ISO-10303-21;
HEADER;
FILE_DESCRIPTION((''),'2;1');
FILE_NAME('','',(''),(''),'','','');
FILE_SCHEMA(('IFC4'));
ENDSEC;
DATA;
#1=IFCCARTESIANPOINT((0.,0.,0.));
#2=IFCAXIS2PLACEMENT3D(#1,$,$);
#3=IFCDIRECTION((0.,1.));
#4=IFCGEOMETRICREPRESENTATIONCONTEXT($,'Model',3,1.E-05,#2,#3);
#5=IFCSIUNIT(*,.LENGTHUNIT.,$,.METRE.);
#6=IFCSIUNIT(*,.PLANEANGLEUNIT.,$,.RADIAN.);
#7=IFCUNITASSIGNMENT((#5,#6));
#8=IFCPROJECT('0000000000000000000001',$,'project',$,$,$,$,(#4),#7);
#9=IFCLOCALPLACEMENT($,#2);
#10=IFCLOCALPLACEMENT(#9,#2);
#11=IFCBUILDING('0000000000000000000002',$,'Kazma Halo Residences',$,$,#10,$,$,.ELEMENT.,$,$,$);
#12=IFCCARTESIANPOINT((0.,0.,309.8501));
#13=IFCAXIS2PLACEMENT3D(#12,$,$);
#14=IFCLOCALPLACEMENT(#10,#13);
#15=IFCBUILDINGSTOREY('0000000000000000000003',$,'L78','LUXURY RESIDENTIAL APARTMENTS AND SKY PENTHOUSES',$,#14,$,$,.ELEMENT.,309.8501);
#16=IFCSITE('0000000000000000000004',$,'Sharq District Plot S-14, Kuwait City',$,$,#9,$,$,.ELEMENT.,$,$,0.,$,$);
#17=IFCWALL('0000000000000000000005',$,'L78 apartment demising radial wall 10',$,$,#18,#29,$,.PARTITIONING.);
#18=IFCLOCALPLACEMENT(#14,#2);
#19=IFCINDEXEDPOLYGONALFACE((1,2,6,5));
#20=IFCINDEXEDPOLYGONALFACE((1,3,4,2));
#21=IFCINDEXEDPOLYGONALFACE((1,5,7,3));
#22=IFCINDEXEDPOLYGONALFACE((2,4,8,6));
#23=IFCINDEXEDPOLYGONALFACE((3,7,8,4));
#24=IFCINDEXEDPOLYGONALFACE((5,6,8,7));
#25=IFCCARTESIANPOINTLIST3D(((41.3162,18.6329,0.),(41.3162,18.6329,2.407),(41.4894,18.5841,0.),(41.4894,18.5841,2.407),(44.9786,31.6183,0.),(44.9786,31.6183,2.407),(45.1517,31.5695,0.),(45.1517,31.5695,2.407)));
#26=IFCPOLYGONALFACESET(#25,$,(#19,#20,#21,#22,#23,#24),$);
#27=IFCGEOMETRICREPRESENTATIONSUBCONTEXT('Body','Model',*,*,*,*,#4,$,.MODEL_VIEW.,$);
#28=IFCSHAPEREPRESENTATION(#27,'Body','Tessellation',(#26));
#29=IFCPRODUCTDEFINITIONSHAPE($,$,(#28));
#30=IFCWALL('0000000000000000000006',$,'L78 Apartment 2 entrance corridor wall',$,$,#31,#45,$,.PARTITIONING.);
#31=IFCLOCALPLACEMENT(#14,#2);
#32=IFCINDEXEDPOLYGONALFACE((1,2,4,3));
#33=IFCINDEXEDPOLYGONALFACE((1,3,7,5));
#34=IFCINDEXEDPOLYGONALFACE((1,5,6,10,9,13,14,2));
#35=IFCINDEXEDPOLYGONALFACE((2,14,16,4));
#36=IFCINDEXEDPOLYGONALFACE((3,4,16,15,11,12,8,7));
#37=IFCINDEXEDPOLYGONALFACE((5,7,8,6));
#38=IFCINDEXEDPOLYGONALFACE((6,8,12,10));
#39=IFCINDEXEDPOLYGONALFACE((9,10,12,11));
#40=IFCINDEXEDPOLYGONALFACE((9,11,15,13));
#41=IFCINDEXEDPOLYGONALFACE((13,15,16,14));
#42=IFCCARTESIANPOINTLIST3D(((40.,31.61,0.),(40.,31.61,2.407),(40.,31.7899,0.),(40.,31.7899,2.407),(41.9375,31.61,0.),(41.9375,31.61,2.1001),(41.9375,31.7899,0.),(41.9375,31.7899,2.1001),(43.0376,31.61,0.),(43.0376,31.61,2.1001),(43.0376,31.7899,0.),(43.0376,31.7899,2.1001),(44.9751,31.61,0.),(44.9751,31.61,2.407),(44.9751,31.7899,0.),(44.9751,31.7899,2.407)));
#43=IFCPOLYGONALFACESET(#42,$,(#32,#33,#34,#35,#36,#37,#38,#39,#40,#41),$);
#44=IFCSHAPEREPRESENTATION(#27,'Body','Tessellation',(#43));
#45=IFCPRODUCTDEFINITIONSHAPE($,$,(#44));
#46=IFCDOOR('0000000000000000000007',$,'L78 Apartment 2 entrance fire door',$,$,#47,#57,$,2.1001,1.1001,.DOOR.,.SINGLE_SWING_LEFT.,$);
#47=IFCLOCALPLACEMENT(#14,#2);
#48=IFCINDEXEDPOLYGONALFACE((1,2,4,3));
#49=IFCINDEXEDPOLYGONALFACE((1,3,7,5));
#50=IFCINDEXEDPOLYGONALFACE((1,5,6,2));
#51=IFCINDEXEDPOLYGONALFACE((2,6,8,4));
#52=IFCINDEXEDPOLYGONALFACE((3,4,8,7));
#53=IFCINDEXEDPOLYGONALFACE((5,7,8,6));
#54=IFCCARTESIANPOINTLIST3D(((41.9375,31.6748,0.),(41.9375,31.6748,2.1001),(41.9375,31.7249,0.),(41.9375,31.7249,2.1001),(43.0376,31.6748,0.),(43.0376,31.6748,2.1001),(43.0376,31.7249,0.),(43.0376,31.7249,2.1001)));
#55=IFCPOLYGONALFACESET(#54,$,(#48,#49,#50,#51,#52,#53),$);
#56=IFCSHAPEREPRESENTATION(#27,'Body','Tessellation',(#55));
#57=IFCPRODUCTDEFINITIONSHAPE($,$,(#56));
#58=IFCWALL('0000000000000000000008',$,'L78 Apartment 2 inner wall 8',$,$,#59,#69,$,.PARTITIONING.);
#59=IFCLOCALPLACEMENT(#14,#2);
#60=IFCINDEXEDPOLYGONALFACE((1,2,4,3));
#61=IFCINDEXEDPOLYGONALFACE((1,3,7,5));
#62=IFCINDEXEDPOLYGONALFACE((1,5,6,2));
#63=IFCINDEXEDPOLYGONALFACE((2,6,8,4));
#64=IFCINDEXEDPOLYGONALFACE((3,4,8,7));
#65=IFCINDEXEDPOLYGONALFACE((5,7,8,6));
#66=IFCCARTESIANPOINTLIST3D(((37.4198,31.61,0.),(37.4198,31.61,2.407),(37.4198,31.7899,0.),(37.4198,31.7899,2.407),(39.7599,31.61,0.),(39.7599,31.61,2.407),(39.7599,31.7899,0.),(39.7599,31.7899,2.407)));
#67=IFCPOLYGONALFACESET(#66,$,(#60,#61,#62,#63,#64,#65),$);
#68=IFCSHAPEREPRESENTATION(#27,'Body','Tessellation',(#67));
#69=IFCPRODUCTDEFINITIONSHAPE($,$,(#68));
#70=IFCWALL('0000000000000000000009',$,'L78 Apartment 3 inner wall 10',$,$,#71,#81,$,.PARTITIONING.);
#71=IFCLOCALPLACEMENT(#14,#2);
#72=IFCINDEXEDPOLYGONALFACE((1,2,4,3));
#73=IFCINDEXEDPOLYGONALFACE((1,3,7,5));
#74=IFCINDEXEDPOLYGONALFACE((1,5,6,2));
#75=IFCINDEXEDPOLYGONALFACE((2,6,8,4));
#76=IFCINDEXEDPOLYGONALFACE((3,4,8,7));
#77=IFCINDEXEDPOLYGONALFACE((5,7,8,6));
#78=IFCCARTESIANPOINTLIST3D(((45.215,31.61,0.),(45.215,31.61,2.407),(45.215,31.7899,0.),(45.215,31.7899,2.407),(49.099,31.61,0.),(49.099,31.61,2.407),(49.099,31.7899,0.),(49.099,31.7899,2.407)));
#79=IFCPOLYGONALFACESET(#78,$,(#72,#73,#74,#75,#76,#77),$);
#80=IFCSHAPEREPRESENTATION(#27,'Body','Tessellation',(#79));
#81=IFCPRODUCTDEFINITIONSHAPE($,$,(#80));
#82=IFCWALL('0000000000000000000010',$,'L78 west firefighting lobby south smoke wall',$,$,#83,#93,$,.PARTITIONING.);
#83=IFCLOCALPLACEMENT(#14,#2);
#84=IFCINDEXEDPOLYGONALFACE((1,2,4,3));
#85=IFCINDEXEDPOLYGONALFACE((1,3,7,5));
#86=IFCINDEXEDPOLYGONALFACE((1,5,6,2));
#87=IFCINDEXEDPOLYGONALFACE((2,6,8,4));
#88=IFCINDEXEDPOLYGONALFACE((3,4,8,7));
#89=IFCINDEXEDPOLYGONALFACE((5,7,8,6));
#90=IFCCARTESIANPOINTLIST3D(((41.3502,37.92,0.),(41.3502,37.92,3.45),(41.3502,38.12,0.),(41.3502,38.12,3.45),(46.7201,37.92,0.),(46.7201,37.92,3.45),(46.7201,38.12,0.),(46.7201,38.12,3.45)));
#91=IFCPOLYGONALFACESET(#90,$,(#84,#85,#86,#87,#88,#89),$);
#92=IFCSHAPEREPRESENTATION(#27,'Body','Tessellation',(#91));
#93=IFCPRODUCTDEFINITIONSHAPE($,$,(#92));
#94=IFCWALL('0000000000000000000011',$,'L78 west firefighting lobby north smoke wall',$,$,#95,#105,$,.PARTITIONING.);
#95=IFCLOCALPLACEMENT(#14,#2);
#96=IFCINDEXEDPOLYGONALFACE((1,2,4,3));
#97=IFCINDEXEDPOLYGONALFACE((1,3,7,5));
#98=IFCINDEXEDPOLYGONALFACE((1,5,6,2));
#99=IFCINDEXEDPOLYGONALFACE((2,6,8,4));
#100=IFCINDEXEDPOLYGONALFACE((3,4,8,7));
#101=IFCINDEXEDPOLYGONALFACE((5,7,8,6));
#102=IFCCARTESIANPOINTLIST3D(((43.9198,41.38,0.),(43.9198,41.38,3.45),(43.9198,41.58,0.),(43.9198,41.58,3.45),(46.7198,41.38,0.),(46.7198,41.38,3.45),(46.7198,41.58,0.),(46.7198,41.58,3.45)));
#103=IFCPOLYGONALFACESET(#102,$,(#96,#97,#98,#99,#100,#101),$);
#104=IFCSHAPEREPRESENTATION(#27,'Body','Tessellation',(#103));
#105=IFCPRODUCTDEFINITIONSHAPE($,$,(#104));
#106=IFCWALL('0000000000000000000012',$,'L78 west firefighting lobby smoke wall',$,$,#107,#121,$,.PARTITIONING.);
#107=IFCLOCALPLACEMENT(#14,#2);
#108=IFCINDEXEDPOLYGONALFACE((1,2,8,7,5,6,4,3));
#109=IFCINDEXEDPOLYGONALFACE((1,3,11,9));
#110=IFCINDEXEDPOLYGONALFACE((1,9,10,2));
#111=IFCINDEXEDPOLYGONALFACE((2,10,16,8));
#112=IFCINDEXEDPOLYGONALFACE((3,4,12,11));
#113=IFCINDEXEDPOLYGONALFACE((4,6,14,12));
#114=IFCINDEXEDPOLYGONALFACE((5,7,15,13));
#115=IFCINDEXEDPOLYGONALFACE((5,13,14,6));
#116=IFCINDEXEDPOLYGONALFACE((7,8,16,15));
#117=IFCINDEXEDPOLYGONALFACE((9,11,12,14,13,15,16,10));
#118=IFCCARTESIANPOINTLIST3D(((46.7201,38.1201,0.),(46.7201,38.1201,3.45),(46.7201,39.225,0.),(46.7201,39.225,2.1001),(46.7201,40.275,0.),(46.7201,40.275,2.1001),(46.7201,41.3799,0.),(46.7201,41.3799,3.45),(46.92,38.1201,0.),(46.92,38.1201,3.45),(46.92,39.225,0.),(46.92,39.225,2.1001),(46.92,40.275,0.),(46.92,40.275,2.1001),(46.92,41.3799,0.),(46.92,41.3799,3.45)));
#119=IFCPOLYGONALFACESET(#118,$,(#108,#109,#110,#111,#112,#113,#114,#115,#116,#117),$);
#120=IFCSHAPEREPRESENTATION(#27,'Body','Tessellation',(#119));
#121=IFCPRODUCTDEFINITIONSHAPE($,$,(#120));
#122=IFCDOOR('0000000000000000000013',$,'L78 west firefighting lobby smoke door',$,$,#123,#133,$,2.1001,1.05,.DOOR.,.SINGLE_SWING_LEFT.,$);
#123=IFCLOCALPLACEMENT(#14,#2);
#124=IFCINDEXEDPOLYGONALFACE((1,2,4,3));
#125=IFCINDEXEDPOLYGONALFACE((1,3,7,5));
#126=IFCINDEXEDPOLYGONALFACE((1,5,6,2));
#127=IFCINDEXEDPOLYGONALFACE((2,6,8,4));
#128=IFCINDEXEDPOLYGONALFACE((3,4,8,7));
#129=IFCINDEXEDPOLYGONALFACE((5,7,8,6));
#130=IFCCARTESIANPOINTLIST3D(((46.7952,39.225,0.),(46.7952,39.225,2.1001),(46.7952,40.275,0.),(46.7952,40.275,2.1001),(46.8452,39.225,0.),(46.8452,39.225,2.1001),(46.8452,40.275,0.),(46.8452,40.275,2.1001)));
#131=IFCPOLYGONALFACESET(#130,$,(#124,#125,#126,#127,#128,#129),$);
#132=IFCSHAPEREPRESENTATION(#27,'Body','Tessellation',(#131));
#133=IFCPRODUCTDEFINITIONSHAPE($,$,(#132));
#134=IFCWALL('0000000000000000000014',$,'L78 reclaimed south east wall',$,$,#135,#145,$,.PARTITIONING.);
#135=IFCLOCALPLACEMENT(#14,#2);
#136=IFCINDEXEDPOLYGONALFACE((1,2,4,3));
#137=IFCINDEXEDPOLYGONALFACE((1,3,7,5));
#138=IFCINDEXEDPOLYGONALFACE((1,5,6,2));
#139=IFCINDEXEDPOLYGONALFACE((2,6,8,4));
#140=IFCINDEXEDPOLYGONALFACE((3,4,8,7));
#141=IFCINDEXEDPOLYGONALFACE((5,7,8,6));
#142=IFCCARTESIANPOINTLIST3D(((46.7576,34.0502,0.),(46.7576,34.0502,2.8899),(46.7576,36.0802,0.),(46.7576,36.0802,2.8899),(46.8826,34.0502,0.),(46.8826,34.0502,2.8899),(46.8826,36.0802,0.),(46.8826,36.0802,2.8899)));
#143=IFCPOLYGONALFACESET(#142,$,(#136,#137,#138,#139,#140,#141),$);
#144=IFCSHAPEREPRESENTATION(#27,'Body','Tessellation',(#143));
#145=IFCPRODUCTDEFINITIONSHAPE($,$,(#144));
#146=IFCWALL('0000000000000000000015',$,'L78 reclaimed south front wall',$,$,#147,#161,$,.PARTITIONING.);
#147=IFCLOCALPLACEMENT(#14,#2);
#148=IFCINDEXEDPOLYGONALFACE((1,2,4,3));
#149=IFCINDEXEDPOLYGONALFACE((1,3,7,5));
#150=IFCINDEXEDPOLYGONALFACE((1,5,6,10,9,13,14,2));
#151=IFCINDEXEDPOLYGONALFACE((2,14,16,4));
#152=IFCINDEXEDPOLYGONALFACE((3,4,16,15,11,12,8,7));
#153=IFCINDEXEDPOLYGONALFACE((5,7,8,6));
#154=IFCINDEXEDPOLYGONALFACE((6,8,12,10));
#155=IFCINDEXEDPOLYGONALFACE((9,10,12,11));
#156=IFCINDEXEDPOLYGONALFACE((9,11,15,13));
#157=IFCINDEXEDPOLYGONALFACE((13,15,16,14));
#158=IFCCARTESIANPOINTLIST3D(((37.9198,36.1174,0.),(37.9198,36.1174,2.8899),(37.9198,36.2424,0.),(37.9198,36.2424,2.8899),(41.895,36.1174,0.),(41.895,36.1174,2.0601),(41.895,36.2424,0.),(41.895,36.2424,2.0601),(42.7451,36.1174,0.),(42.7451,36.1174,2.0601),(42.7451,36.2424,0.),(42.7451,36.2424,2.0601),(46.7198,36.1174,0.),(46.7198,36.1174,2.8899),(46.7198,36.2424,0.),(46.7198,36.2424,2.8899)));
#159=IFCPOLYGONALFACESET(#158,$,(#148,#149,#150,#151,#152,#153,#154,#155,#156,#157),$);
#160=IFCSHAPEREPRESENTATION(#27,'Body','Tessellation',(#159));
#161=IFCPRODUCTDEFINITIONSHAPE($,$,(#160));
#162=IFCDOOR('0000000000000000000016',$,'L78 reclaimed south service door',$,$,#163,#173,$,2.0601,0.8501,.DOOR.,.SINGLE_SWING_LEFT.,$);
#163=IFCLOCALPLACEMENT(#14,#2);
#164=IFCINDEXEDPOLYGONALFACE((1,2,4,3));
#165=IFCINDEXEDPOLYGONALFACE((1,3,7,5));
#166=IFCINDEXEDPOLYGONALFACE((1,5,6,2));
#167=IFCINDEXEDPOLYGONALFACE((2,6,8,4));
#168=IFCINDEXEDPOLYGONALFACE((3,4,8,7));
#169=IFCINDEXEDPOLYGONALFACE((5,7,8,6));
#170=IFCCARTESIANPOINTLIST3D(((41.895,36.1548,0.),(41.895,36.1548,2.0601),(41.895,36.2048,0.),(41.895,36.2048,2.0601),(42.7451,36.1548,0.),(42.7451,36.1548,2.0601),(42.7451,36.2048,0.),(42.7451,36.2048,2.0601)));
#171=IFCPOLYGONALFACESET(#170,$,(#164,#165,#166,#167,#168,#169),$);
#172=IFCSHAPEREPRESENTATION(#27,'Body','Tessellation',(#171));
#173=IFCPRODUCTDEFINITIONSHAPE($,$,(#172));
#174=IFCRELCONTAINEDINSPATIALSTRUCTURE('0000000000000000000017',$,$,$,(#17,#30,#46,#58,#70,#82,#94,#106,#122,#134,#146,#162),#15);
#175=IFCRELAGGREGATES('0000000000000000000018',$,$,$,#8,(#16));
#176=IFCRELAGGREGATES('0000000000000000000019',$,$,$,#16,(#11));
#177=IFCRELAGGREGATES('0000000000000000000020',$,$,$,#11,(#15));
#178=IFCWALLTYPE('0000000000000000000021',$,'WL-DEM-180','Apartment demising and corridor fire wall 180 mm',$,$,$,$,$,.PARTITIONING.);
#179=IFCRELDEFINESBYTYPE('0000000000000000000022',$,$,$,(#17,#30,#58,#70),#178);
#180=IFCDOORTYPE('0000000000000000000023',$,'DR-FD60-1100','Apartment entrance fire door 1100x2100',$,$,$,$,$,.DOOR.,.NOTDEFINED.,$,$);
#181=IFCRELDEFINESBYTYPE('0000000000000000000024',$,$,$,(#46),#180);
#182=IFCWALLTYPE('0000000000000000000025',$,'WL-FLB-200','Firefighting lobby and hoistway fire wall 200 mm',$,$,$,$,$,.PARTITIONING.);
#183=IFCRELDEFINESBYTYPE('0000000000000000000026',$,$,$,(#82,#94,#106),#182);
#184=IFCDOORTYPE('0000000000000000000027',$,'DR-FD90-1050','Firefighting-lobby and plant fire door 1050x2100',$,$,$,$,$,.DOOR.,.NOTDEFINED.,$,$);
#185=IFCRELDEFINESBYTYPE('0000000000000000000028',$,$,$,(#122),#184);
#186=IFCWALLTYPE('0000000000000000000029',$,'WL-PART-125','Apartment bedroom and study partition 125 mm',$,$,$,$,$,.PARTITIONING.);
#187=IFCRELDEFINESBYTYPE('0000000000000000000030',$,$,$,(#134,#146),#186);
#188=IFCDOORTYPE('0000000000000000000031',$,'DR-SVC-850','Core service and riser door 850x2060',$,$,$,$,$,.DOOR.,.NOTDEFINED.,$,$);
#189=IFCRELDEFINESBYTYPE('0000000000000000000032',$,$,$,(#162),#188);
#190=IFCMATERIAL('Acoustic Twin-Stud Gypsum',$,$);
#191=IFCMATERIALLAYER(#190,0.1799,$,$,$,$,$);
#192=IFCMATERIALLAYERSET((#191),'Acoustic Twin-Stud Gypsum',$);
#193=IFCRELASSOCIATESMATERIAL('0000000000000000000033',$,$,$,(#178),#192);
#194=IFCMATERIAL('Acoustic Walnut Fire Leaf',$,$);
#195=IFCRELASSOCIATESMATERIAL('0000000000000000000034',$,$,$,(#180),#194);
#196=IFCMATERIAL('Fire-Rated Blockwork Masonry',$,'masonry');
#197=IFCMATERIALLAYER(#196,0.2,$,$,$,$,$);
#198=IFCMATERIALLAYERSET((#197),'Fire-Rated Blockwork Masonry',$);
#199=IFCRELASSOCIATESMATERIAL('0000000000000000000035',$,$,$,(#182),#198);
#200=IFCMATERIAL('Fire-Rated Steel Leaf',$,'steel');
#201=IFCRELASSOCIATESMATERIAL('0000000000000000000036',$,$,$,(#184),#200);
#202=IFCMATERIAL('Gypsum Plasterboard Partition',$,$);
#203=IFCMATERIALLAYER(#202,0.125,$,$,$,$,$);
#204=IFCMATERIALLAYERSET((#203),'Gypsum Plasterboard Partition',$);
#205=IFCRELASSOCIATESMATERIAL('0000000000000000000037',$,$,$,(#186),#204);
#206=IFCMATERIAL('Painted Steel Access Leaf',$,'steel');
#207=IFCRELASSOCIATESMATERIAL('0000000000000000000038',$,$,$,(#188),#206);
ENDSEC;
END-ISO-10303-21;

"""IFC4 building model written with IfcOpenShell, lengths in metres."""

from ifc_helpers import new_model, si_unit, direction, frame, frame_2d, origin, place, context, subcontext, project, spatial, rectangle, extrude, material, layer, layer_set, type_object, element, fill, save


model = new_model("IFC4")

# Units and contexts
model_context = context("Model", 3, precision=1e-05, world=origin(), true_north=direction((0.0, 1.0)))
body_context = subcontext(model_context, "Body", "Model", "MODEL_VIEW")
ifc_project = project(units=[si_unit("LENGTHUNIT", "METRE"), si_unit("PLANEANGLEUNIT", "RADIAN")], contexts=[model_context])

# Site, building, storey
site_placement = place(None, origin())
site = spatial("IfcSite", under=ifc_project, at=site_placement, Name="Sharq District Plot S-14, Kuwait City", CompositionType="ELEMENT", RefElevation=0.0)
building_placement = place(site_placement, origin())
building = spatial("IfcBuilding", under=site, at=building_placement, Name="Kazma Halo Residences", CompositionType="ELEMENT")
storey_placement = place(building_placement, frame((0.0, 0.0, 309.8501)))
storey = spatial("IfcBuildingStorey", under=building, at=storey_placement, Name="L78", Description="LUXURY RESIDENTIAL APARTMENTS AND SKY PENTHOUSES", CompositionType="ELEMENT", Elevation=309.8501)

# Wall
ifc_material_1 = material(Name="Acoustic Twin-Stud Gypsum")
ifc_layer_1 = layer(ifc_material_1, 0.1799)
ifc_layer_set_1 = layer_set([ifc_layer_1], Name="Acoustic Twin-Stud Gypsum")
wall_type_1 = type_object("IfcWallType", Name="WL-DEM-180", Description="Apartment demising and corridor fire wall 180 mm", PredefinedType="PARTITIONING", material=ifc_layer_set_1)
wall_1_placement = place(storey_placement, frame((45.0652, 31.594, 0.0), z_axis=(0.0, 0.0, 1.0), x_axis=(-0.271448, -0.962453, 0.0)))
element("IfcWall", 1, at=wall_1_placement, inside=storey, type_object=wall_type_1, Name="L78 apartment demising radial wall 10", PredefinedType="PARTITIONING", context=body_context, shape_type="SweptSolid", body=[
    extrude(rectangle(XDim=13.4919, YDim=0.1799, at=frame_2d((6.7461, 0.0))), origin(), (0.0, 0.0, 1.0), 2.407),
])

# Wall, opening, door
wall_2_placement = place(storey_placement, frame((40.0, 31.7, 0.0), z_axis=(0.0, 0.0, 1.0), x_axis=(1.0, 0.0, 0.0)))
wall_2 = element("IfcWall", 2, at=wall_2_placement, inside=storey, type_object=wall_type_1, Name="L78 Apartment 2 entrance corridor wall", PredefinedType="PARTITIONING", context=body_context, shape_type="SweptSolid", body=[
    extrude(rectangle(XDim=4.9751, YDim=0.1799, at=frame_2d((2.4875, 0.0))), origin(), (0.0, 0.0, 1.0), 2.407),
])
opening_1_placement = place(wall_2_placement, frame((1.9375, 0.0, 0.0)))
opening_1 = element("IfcOpeningElement", 3, at=opening_1_placement, cuts=wall_2, PredefinedType="OPENING", context=body_context, shape_type="SweptSolid", body=[
    extrude(rectangle(XDim=1.1001, YDim=2.1001, at=frame_2d((0.55, 1.05))), frame((0.0, 0.0999, 0.0), z_axis=(0.0, -1.0, 0.0), x_axis=(1.0, 0.0, 0.0)), (0.0, 0.0, 1.0), 0.2),
])
ifc_material_2 = material(Name="Acoustic Walnut Fire Leaf")
door_type_1 = type_object("IfcDoorType", Name="DR-FD60-1100", Description="Apartment entrance fire door 1100x2100", OperationType="NOTDEFINED", PredefinedType="DOOR", material=ifc_material_2)
door_1_placement = place(opening_1_placement, origin())
door_1 = element("IfcDoor", 4, at=door_1_placement, inside=storey, type_object=door_type_1, Name="L78 Apartment 2 entrance fire door", OperationType="SINGLE_SWING_LEFT", OverallHeight=2.1001, OverallWidth=1.1001, PredefinedType="DOOR", context=body_context, shape_type="SweptSolid", body=[
    extrude(rectangle(XDim=1.1001, YDim=2.1001, at=frame_2d((0.55, 1.05))), frame((0.0, 0.0249, 0.0), z_axis=(0.0, -1.0, 0.0), x_axis=(1.0, 0.0, 0.0)), (0.0, 0.0, 1.0), 0.05),
])
fill(opening_1, door_1)

# Walls
wall_3_placement = place(storey_placement, frame((37.4199, 31.7, 0.0), z_axis=(0.0, 0.0, 1.0), x_axis=(1.0, 0.0, 0.0)))
element("IfcWall", 5, at=wall_3_placement, inside=storey, type_object=wall_type_1, Name="L78 Apartment 2 inner wall 8", PredefinedType="PARTITIONING", context=body_context, shape_type="SweptSolid", body=[
    extrude(rectangle(XDim=2.3401, YDim=0.1799, at=frame_2d((1.1699, 0.0))), origin(), (0.0, 0.0, 1.0), 2.407),
])
wall_4_placement = place(storey_placement, frame((45.2151, 31.7, 0.0), z_axis=(0.0, 0.0, 1.0), x_axis=(1.0, 0.0, 0.0)))
element("IfcWall", 6, at=wall_4_placement, inside=storey, type_object=wall_type_1, Name="L78 Apartment 3 inner wall 10", PredefinedType="PARTITIONING", context=body_context, shape_type="SweptSolid", body=[
    extrude(rectangle(XDim=3.884, YDim=0.1799, at=frame_2d((1.9419, 0.0))), origin(), (0.0, 0.0, 1.0), 2.407),
])
ifc_material_3 = material(Name="Fire-Rated Blockwork Masonry", Category="masonry")
ifc_layer_2 = layer(ifc_material_3, 0.2)
ifc_layer_set_2 = layer_set([ifc_layer_2], Name="Fire-Rated Blockwork Masonry")
wall_type_2 = type_object("IfcWallType", Name="WL-FLB-200", Description="Firefighting lobby and hoistway fire wall 200 mm", PredefinedType="PARTITIONING", material=ifc_layer_set_2)
wall_5_placement = place(storey_placement, frame((41.3501, 38.02, 0.0), z_axis=(0.0, 0.0, 1.0), x_axis=(1.0, 0.0, 0.0)))
element("IfcWall", 7, at=wall_5_placement, inside=storey, type_object=wall_type_2, Name="L78 west firefighting lobby south smoke wall", PredefinedType="PARTITIONING", context=body_context, shape_type="SweptSolid", body=[
    extrude(rectangle(XDim=5.3699, YDim=0.2, at=frame_2d((2.6851, 0.0))), origin(), (0.0, 0.0, 1.0), 3.45),
])
wall_6_placement = place(storey_placement, frame((43.9199, 41.48, 0.0), z_axis=(0.0, 0.0, 1.0), x_axis=(1.0, 0.0, 0.0)))
element("IfcWall", 8, at=wall_6_placement, inside=storey, type_object=wall_type_2, Name="L78 west firefighting lobby north smoke wall", PredefinedType="PARTITIONING", context=body_context, shape_type="SweptSolid", body=[
    extrude(rectangle(XDim=2.8, YDim=0.2, at=frame_2d((1.3999, 0.0))), origin(), (0.0, 0.0, 1.0), 3.45),
])

# Wall, opening, door
wall_7_placement = place(storey_placement, frame((46.8201, 38.1201, 0.0), z_axis=(0.0, 0.0, 1.0), x_axis=(0.0, 1.0, 0.0)))
wall_7 = element("IfcWall", 9, at=wall_7_placement, inside=storey, type_object=wall_type_2, Name="L78 west firefighting lobby smoke wall", PredefinedType="PARTITIONING", context=body_context, shape_type="SweptSolid", body=[
    extrude(rectangle(XDim=3.2598, YDim=0.2, at=frame_2d((1.6299, 0.0))), origin(), (0.0, 0.0, 1.0), 3.45),
])
opening_2_placement = place(wall_7_placement, frame((1.105, 0.0, 0.0)))
opening_2 = element("IfcOpeningElement", 10, at=opening_2_placement, cuts=wall_7, PredefinedType="OPENING", context=body_context, shape_type="SweptSolid", body=[
    extrude(rectangle(XDim=1.05, YDim=2.1001, at=frame_2d((0.5249, 1.05))), frame((0.0, 0.1099, 0.0), z_axis=(0.0, -1.0, 0.0), x_axis=(1.0, 0.0, 0.0)), (0.0, 0.0, 1.0), 0.22),
])
ifc_material_4 = material(Name="Fire-Rated Steel Leaf", Category="steel")
door_type_2 = type_object("IfcDoorType", Name="DR-FD90-1050", Description="Firefighting-lobby and plant fire door 1050x2100", OperationType="NOTDEFINED", PredefinedType="DOOR", material=ifc_material_4)
door_2_placement = place(opening_2_placement, origin())
door_2 = element("IfcDoor", 11, at=door_2_placement, inside=storey, type_object=door_type_2, Name="L78 west firefighting lobby smoke door", OperationType="SINGLE_SWING_LEFT", OverallHeight=2.1001, OverallWidth=1.05, PredefinedType="DOOR", context=body_context, shape_type="SweptSolid", body=[
    extrude(rectangle(XDim=1.05, YDim=2.1001, at=frame_2d((0.5249, 1.05))), frame((0.0, 0.0249, 0.0), z_axis=(0.0, -1.0, 0.0), x_axis=(1.0, 0.0, 0.0)), (0.0, 0.0, 1.0), 0.05),
])
fill(opening_2, door_2)

# Wall
ifc_material_5 = material(Name="Gypsum Plasterboard Partition")
ifc_layer_3 = layer(ifc_material_5, 0.125)
ifc_layer_set_3 = layer_set([ifc_layer_3], Name="Gypsum Plasterboard Partition")
wall_type_3 = type_object("IfcWallType", Name="WL-PART-125", Description="Apartment bedroom and study partition 125 mm", PredefinedType="PARTITIONING", material=ifc_layer_set_3)
wall_8_placement = place(storey_placement, frame((46.8201, 34.05, 0.0), z_axis=(0.0, 0.0, 1.0), x_axis=(0.0, 1.0, 0.0)))
element("IfcWall", 12, at=wall_8_placement, inside=storey, type_object=wall_type_3, Name="L78 reclaimed south east wall", PredefinedType="PARTITIONING", context=body_context, shape_type="SweptSolid", body=[
    extrude(rectangle(XDim=2.03, YDim=0.125, at=frame_2d((1.0151, 0.0))), origin(), (0.0, 0.0, 1.0), 2.8899),
])

# Wall, opening, door
wall_9_placement = place(storey_placement, frame((37.9199, 36.1799, 0.0), z_axis=(0.0, 0.0, 1.0), x_axis=(1.0, 0.0, 0.0)))
wall_9 = element("IfcWall", 13, at=wall_9_placement, inside=storey, type_object=wall_type_3, Name="L78 reclaimed south front wall", PredefinedType="PARTITIONING", context=body_context, shape_type="SweptSolid", body=[
    extrude(rectangle(XDim=8.8, YDim=0.125, at=frame_2d((4.3999, 0.0))), origin(), (0.0, 0.0, 1.0), 2.8899),
])
opening_3_placement = place(wall_9_placement, frame((3.9751, 0.0, 0.0)))
opening_3 = element("IfcOpeningElement", 14, at=opening_3_placement, cuts=wall_9, PredefinedType="OPENING", context=body_context, shape_type="SweptSolid", body=[
    extrude(rectangle(XDim=0.8501, YDim=2.0601, at=frame_2d((0.425, 1.03))), frame((0.0, 0.0725, 0.0), z_axis=(0.0, -1.0, 0.0), x_axis=(1.0, 0.0, 0.0)), (0.0, 0.0, 1.0), 0.145),
])
ifc_material_6 = material(Name="Painted Steel Access Leaf", Category="steel")
door_type_3 = type_object("IfcDoorType", Name="DR-SVC-850", Description="Core service and riser door 850x2060", OperationType="NOTDEFINED", PredefinedType="DOOR", material=ifc_material_6)
door_3_placement = place(opening_3_placement, origin())
door_3 = element("IfcDoor", 15, at=door_3_placement, inside=storey, type_object=door_type_3, Name="L78 reclaimed south service door", OperationType="SINGLE_SWING_LEFT", OverallHeight=2.0601, OverallWidth=0.8501, PredefinedType="DOOR", context=body_context, shape_type="SweptSolid", body=[
    extrude(rectangle(XDim=0.8501, YDim=2.0601, at=frame_2d((0.425, 1.03))), frame((0.0, 0.0249, 0.0), z_axis=(0.0, -1.0, 0.0), x_axis=(1.0, 0.0, 0.0)), (0.0, 0.0, 1.0), 0.05),
])
fill(opening_3, door_3)

save(model, "model.ifc")
